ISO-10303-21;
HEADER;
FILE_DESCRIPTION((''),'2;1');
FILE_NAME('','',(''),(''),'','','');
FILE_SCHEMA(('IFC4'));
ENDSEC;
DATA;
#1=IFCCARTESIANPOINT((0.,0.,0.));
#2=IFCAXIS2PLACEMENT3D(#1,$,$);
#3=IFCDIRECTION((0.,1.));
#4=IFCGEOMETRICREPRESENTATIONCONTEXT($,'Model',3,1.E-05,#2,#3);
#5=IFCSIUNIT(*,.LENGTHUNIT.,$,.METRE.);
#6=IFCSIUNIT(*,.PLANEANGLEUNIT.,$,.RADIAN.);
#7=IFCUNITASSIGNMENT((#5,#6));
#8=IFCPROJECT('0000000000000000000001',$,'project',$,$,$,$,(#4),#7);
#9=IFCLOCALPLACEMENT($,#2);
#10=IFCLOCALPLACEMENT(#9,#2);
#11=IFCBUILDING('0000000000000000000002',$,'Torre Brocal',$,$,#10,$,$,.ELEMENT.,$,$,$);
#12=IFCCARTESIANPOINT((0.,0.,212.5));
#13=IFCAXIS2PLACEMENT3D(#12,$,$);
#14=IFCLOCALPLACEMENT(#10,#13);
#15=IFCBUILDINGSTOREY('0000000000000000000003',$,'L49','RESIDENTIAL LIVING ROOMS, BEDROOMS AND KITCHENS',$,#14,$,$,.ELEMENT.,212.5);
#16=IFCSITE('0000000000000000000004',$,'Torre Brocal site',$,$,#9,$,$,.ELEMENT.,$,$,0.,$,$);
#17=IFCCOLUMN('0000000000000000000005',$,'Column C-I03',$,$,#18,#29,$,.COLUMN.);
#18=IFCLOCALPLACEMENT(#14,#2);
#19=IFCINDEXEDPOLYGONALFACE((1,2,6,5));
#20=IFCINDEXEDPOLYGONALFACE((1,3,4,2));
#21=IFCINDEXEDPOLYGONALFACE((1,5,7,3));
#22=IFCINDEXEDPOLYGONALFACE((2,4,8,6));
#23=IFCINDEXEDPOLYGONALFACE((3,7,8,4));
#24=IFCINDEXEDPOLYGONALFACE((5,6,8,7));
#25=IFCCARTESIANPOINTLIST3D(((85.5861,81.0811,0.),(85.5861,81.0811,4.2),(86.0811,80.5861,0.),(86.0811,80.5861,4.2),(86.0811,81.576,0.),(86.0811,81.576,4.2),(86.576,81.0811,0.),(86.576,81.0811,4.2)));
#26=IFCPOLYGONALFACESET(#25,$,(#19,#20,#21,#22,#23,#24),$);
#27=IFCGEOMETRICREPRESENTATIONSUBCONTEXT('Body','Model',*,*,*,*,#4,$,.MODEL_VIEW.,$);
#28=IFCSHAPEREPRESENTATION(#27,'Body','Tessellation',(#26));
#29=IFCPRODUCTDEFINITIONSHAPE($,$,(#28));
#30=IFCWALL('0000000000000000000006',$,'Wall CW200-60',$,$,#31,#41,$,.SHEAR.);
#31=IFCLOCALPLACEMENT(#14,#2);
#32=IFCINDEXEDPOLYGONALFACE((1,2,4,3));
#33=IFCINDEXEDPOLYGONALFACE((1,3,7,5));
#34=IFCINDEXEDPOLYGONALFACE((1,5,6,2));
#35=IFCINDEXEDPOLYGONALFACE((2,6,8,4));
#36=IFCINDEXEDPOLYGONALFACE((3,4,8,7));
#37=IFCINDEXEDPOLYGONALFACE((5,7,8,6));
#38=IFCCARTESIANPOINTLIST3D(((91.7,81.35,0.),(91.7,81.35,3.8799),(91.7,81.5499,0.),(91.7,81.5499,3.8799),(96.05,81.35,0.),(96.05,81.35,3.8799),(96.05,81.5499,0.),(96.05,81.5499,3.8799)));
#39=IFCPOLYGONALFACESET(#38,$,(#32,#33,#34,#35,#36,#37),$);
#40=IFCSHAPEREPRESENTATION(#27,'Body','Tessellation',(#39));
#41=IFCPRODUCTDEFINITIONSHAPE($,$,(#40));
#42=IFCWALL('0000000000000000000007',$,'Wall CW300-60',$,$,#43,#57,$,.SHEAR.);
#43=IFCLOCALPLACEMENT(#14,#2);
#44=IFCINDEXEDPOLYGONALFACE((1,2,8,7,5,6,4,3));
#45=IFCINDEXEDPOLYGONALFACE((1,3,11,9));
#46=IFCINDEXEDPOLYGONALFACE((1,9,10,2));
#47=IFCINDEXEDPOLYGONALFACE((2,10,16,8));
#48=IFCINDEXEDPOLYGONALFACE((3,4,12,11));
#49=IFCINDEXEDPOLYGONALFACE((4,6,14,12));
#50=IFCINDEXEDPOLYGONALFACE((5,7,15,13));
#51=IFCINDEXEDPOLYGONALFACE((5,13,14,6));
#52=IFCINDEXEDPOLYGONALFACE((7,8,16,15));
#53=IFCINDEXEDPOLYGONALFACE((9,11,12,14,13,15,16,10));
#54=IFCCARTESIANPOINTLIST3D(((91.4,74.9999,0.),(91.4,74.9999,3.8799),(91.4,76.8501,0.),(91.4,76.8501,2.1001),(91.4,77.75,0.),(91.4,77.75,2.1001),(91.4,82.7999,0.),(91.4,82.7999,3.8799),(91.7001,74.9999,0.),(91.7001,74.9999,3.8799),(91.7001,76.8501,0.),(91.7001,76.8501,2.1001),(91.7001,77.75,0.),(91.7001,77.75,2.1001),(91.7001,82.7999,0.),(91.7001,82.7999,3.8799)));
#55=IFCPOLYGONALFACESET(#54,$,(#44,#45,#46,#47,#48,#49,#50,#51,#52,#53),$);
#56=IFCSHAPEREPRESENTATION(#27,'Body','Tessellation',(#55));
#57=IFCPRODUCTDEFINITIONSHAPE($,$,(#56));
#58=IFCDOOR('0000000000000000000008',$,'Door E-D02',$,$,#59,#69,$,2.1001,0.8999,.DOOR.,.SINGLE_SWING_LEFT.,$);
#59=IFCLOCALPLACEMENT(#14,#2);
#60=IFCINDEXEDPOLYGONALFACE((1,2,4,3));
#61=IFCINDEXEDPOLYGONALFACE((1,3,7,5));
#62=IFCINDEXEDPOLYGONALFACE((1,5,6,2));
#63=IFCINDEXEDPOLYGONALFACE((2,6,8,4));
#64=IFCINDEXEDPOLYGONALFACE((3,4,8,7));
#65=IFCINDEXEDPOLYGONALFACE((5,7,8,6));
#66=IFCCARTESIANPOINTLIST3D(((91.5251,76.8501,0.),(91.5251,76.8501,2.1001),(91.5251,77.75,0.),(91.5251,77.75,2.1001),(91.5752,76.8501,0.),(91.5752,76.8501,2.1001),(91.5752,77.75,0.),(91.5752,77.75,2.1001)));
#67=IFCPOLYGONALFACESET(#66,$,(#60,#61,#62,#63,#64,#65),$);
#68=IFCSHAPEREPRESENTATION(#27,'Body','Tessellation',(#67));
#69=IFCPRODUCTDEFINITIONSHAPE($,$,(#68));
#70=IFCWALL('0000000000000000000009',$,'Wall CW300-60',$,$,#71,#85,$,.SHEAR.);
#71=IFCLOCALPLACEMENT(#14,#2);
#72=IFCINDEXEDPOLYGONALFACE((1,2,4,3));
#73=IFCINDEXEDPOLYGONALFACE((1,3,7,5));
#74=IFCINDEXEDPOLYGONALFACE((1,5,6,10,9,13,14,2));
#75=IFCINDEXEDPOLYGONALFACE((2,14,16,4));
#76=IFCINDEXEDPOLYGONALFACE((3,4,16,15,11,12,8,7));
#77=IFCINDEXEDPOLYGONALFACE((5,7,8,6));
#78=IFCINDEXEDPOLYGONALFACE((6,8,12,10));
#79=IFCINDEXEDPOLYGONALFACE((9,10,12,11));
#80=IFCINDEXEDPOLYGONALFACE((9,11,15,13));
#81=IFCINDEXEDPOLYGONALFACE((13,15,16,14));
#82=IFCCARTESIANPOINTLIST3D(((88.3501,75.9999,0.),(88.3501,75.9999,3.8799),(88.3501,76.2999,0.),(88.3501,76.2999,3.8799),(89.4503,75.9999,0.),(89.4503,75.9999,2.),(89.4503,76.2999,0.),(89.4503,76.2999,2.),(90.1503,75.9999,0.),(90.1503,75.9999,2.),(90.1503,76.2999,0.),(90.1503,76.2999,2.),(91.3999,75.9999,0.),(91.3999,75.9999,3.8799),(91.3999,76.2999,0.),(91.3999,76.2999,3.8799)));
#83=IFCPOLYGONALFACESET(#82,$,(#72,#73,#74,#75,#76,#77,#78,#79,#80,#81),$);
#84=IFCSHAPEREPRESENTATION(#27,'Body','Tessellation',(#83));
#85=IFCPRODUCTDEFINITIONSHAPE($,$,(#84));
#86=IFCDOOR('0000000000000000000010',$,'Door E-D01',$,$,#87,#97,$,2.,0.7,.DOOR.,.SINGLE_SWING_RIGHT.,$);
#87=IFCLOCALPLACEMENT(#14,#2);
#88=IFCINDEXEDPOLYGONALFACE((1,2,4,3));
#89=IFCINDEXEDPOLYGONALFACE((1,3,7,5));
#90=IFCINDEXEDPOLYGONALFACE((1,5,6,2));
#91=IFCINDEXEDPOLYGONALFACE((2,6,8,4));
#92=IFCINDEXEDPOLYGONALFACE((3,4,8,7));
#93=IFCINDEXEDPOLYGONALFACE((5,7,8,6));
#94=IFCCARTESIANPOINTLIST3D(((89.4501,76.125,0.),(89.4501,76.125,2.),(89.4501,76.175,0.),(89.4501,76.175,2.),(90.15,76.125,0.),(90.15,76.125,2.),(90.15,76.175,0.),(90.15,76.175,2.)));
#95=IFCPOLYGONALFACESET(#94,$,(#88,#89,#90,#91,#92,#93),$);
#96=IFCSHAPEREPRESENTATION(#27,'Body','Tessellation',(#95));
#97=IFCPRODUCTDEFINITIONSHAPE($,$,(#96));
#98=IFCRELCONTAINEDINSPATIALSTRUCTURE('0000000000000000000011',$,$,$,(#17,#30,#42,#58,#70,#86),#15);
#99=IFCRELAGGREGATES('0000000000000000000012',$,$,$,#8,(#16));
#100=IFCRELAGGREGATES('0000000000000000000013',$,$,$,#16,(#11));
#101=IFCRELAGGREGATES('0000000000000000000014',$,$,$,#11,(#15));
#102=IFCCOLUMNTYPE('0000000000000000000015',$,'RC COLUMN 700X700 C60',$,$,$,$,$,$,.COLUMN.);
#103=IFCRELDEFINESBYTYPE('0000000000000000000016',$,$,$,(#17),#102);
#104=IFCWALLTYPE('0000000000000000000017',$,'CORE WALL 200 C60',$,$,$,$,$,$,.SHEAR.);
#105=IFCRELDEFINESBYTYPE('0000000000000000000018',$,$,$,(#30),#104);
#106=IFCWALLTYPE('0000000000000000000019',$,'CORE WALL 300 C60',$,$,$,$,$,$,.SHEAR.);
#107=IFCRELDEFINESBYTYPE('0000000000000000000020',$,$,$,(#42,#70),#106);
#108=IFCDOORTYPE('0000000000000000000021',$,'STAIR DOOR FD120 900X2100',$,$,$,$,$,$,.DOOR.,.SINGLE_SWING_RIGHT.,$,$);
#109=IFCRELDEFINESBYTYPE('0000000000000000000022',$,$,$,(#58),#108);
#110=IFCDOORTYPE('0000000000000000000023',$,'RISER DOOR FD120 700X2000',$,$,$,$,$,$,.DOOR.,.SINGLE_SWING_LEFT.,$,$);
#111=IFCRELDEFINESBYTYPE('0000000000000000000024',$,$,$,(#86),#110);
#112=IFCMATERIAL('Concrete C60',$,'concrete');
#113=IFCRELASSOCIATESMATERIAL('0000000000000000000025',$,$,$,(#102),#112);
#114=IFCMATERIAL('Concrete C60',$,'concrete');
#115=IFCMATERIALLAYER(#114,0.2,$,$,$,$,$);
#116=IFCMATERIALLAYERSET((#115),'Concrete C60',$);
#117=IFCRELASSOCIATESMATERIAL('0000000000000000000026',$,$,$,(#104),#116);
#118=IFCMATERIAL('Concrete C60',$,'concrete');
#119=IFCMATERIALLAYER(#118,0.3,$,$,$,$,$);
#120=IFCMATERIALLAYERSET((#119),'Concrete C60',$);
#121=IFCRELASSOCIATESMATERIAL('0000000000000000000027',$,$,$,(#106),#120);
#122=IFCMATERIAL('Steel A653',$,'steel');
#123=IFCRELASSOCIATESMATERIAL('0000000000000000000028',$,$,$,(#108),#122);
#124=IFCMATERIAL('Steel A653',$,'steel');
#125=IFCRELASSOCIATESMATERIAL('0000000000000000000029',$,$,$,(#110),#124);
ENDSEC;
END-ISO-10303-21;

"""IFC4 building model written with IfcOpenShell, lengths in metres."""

from ifc_helpers import new_model, si_unit, direction, frame, frame_2d, origin, origin_2d, place, context, subcontext, project, spatial, rectangle, extrude, material, layer, layer_set, material_profile, profile_set, type_object, element, fill, save


model = new_model("IFC4")

# Units and contexts
model_context = context("Model", 3, precision=1e-05, world=origin(), true_north=direction((0.0, 1.0)))
body_context = subcontext(model_context, "Body", "Model", "MODEL_VIEW")
ifc_project = project(units=[si_unit("LENGTHUNIT", "METRE"), si_unit("PLANEANGLEUNIT", "RADIAN")], contexts=[model_context])

# Site, building, storey
site_placement = place(None, origin())
site = spatial("IfcSite", under=ifc_project, at=site_placement, Name="Torre Brocal site", CompositionType="ELEMENT", RefElevation=0.0)
building_placement = place(site_placement, origin())
building = spatial("IfcBuilding", under=site, at=building_placement, Name="Torre Brocal", CompositionType="ELEMENT")
storey_placement = place(building_placement, frame((0.0, 0.0, 212.5)))
storey = spatial("IfcBuildingStorey", under=building, at=storey_placement, Name="L49", Description="RESIDENTIAL LIVING ROOMS, BEDROOMS AND KITCHENS", CompositionType="ELEMENT", Elevation=212.5)

# Column
ifc_material_1 = material(Name="Concrete C60", Category="concrete")
ifc_material_profile = material_profile(ifc_material_1, rectangle(XDim=0.7, YDim=0.7, at=origin_2d()), Name="RC 700X700")
ifc_profile_set = profile_set([ifc_material_profile], Name="Concrete C60")
column_type = type_object("IfcColumnType", Name="RC COLUMN 700X700 C60", PredefinedType="COLUMN", material=ifc_profile_set)
column_placement = place(storey_placement, frame((86.0811, 81.0811, 0.0), z_axis=(0.0, 0.0, 1.0), x_axis=(0.707107, 0.707107, 0.0)))
element("IfcColumn", 1, at=column_placement, inside=storey, type_object=column_type, Name="Column C-I03", PredefinedType="COLUMN", context=body_context, shape_type="SweptSolid", body=[
    extrude(rectangle(XDim=0.7, YDim=0.7, at=origin_2d()), origin(), (0.0, 0.0, 1.0), 4.2),
])

# Wall
ifc_material_2 = material(Name="Concrete C60", Category="concrete")
ifc_layer_1 = layer(ifc_material_2, 0.2)
ifc_layer_set_1 = layer_set([ifc_layer_1], Name="Concrete C60")
wall_type_1 = type_object("IfcWallType", Name="CORE WALL 200 C60", PredefinedType="SHEAR", material=ifc_layer_set_1)
wall_1_placement = place(storey_placement, frame((91.7, 81.45, 0.0), z_axis=(0.0, 0.0, 1.0), x_axis=(1.0, 0.0, 0.0)))
element("IfcWall", 2, at=wall_1_placement, inside=storey, type_object=wall_type_1, Name="Wall CW200-60", PredefinedType="SHEAR", context=body_context, shape_type="SweptSolid", body=[
    extrude(rectangle(XDim=4.3501, YDim=0.2, at=frame_2d((2.175, 0.0))), origin(), (0.0, 0.0, 1.0), 3.8799),
])

# Walls, openings, doors
ifc_material_3 = material(Name="Concrete C60", Category="concrete")
ifc_layer_2 = layer(ifc_material_3, 0.3)
ifc_layer_set_2 = layer_set([ifc_layer_2], Name="Concrete C60")
wall_type_2 = type_object("IfcWallType", Name="CORE WALL 300 C60", PredefinedType="SHEAR", material=ifc_layer_set_2)
wall_2_placement = place(storey_placement, frame((91.55, 75.0, 0.0), z_axis=(0.0, 0.0, 1.0), x_axis=(0.0, 1.0, 0.0)))
wall_2 = element("IfcWall", 3, at=wall_2_placement, inside=storey, type_object=wall_type_2, Name="Wall CW300-60", PredefinedType="SHEAR", context=body_context, shape_type="SweptSolid", body=[
    extrude(rectangle(XDim=7.8, YDim=0.3, at=frame_2d((3.8999, 0.0))), origin(), (0.0, 0.0, 1.0), 3.8799),
])
opening_1_placement = place(wall_2_placement, frame((1.8501, 0.0, 0.0)))
opening_1 = element("IfcOpeningElement", 4, at=opening_1_placement, cuts=wall_2, PredefinedType="OPENING", context=body_context, shape_type="SweptSolid", body=[
    extrude(rectangle(XDim=0.8999, YDim=2.1001, at=frame_2d((0.45, 1.05))), frame((0.0, 0.1599, 0.0), z_axis=(0.0, -1.0, 0.0), x_axis=(1.0, 0.0, 0.0)), (0.0, 0.0, 1.0), 0.3201),
])
ifc_material_4 = material(Name="Steel A653", Category="steel")
door_type_1 = type_object("IfcDoorType", Name="STAIR DOOR FD120 900X2100", OperationType="SINGLE_SWING_RIGHT", PredefinedType="DOOR", material=ifc_material_4)
door_1_placement = place(opening_1_placement, origin())
door_1 = element("IfcDoor", 5, at=door_1_placement, inside=storey, type_object=door_type_1, Name="Door E-D02", OperationType="SINGLE_SWING_LEFT", OverallHeight=2.1001, OverallWidth=0.8999, PredefinedType="DOOR", context=body_context, shape_type="SweptSolid", body=[
    extrude(rectangle(XDim=0.8999, YDim=2.1001, at=frame_2d((0.45, 1.05))), frame((0.0, 0.0249, 0.0), z_axis=(0.0, -1.0, 0.0), x_axis=(1.0, 0.0, 0.0)), (0.0, 0.0, 1.0), 0.05),
])
fill(opening_1, door_1)
wall_3_placement = place(storey_placement, frame((88.3501, 76.1499, 0.0), z_axis=(0.0, 0.0, 1.0), x_axis=(1.0, 0.0, 0.0)))
wall_3 = element("IfcWall", 6, at=wall_3_placement, inside=storey, type_object=wall_type_2, Name="Wall CW300-60", PredefinedType="SHEAR", context=body_context, shape_type="SweptSolid", body=[
    extrude(rectangle(XDim=3.0498, YDim=0.3, at=frame_2d((1.5249, 0.0))), origin(), (0.0, 0.0, 1.0), 3.8799),
])
opening_2_placement = place(wall_3_placement, frame((1.1001, 0.0, 0.0)))
opening_2 = element("IfcOpeningElement", 7, at=opening_2_placement, cuts=wall_3, PredefinedType="OPENING", context=body_context, shape_type="SweptSolid", body=[
    extrude(rectangle(XDim=0.7, YDim=2.0, at=frame_2d((0.3501, 1.0))), frame((0.0, 0.1599, 0.0), z_axis=(0.0, -1.0, 0.0), x_axis=(1.0, 0.0, 0.0)), (0.0, 0.0, 1.0), 0.3201),
])
ifc_material_5 = material(Name="Steel A653", Category="steel")
door_type_2 = type_object("IfcDoorType", Name="RISER DOOR FD120 700X2000", OperationType="SINGLE_SWING_LEFT", PredefinedType="DOOR", material=ifc_material_5)
door_2_placement = place(opening_2_placement, frame((0.7, 0.0, 0.0), z_axis=(0.0, 0.0, 1.0), x_axis=(-1.0, 0.0, 0.0)))
door_2 = element("IfcDoor", 8, at=door_2_placement, inside=storey, type_object=door_type_2, Name="Door E-D01", OperationType="SINGLE_SWING_RIGHT", OverallHeight=2.0, OverallWidth=0.7, PredefinedType="DOOR", context=body_context, shape_type="SweptSolid", body=[
    extrude(rectangle(XDim=0.7, YDim=2.0, at=frame_2d((0.3501, 1.0))), frame((0.0, 0.0249, 0.0), z_axis=(0.0, -1.0, 0.0), x_axis=(1.0, 0.0, 0.0)), (0.0, 0.0, 1.0), 0.05),
])
fill(opening_2, door_2)

save(model, "model.ifc")
